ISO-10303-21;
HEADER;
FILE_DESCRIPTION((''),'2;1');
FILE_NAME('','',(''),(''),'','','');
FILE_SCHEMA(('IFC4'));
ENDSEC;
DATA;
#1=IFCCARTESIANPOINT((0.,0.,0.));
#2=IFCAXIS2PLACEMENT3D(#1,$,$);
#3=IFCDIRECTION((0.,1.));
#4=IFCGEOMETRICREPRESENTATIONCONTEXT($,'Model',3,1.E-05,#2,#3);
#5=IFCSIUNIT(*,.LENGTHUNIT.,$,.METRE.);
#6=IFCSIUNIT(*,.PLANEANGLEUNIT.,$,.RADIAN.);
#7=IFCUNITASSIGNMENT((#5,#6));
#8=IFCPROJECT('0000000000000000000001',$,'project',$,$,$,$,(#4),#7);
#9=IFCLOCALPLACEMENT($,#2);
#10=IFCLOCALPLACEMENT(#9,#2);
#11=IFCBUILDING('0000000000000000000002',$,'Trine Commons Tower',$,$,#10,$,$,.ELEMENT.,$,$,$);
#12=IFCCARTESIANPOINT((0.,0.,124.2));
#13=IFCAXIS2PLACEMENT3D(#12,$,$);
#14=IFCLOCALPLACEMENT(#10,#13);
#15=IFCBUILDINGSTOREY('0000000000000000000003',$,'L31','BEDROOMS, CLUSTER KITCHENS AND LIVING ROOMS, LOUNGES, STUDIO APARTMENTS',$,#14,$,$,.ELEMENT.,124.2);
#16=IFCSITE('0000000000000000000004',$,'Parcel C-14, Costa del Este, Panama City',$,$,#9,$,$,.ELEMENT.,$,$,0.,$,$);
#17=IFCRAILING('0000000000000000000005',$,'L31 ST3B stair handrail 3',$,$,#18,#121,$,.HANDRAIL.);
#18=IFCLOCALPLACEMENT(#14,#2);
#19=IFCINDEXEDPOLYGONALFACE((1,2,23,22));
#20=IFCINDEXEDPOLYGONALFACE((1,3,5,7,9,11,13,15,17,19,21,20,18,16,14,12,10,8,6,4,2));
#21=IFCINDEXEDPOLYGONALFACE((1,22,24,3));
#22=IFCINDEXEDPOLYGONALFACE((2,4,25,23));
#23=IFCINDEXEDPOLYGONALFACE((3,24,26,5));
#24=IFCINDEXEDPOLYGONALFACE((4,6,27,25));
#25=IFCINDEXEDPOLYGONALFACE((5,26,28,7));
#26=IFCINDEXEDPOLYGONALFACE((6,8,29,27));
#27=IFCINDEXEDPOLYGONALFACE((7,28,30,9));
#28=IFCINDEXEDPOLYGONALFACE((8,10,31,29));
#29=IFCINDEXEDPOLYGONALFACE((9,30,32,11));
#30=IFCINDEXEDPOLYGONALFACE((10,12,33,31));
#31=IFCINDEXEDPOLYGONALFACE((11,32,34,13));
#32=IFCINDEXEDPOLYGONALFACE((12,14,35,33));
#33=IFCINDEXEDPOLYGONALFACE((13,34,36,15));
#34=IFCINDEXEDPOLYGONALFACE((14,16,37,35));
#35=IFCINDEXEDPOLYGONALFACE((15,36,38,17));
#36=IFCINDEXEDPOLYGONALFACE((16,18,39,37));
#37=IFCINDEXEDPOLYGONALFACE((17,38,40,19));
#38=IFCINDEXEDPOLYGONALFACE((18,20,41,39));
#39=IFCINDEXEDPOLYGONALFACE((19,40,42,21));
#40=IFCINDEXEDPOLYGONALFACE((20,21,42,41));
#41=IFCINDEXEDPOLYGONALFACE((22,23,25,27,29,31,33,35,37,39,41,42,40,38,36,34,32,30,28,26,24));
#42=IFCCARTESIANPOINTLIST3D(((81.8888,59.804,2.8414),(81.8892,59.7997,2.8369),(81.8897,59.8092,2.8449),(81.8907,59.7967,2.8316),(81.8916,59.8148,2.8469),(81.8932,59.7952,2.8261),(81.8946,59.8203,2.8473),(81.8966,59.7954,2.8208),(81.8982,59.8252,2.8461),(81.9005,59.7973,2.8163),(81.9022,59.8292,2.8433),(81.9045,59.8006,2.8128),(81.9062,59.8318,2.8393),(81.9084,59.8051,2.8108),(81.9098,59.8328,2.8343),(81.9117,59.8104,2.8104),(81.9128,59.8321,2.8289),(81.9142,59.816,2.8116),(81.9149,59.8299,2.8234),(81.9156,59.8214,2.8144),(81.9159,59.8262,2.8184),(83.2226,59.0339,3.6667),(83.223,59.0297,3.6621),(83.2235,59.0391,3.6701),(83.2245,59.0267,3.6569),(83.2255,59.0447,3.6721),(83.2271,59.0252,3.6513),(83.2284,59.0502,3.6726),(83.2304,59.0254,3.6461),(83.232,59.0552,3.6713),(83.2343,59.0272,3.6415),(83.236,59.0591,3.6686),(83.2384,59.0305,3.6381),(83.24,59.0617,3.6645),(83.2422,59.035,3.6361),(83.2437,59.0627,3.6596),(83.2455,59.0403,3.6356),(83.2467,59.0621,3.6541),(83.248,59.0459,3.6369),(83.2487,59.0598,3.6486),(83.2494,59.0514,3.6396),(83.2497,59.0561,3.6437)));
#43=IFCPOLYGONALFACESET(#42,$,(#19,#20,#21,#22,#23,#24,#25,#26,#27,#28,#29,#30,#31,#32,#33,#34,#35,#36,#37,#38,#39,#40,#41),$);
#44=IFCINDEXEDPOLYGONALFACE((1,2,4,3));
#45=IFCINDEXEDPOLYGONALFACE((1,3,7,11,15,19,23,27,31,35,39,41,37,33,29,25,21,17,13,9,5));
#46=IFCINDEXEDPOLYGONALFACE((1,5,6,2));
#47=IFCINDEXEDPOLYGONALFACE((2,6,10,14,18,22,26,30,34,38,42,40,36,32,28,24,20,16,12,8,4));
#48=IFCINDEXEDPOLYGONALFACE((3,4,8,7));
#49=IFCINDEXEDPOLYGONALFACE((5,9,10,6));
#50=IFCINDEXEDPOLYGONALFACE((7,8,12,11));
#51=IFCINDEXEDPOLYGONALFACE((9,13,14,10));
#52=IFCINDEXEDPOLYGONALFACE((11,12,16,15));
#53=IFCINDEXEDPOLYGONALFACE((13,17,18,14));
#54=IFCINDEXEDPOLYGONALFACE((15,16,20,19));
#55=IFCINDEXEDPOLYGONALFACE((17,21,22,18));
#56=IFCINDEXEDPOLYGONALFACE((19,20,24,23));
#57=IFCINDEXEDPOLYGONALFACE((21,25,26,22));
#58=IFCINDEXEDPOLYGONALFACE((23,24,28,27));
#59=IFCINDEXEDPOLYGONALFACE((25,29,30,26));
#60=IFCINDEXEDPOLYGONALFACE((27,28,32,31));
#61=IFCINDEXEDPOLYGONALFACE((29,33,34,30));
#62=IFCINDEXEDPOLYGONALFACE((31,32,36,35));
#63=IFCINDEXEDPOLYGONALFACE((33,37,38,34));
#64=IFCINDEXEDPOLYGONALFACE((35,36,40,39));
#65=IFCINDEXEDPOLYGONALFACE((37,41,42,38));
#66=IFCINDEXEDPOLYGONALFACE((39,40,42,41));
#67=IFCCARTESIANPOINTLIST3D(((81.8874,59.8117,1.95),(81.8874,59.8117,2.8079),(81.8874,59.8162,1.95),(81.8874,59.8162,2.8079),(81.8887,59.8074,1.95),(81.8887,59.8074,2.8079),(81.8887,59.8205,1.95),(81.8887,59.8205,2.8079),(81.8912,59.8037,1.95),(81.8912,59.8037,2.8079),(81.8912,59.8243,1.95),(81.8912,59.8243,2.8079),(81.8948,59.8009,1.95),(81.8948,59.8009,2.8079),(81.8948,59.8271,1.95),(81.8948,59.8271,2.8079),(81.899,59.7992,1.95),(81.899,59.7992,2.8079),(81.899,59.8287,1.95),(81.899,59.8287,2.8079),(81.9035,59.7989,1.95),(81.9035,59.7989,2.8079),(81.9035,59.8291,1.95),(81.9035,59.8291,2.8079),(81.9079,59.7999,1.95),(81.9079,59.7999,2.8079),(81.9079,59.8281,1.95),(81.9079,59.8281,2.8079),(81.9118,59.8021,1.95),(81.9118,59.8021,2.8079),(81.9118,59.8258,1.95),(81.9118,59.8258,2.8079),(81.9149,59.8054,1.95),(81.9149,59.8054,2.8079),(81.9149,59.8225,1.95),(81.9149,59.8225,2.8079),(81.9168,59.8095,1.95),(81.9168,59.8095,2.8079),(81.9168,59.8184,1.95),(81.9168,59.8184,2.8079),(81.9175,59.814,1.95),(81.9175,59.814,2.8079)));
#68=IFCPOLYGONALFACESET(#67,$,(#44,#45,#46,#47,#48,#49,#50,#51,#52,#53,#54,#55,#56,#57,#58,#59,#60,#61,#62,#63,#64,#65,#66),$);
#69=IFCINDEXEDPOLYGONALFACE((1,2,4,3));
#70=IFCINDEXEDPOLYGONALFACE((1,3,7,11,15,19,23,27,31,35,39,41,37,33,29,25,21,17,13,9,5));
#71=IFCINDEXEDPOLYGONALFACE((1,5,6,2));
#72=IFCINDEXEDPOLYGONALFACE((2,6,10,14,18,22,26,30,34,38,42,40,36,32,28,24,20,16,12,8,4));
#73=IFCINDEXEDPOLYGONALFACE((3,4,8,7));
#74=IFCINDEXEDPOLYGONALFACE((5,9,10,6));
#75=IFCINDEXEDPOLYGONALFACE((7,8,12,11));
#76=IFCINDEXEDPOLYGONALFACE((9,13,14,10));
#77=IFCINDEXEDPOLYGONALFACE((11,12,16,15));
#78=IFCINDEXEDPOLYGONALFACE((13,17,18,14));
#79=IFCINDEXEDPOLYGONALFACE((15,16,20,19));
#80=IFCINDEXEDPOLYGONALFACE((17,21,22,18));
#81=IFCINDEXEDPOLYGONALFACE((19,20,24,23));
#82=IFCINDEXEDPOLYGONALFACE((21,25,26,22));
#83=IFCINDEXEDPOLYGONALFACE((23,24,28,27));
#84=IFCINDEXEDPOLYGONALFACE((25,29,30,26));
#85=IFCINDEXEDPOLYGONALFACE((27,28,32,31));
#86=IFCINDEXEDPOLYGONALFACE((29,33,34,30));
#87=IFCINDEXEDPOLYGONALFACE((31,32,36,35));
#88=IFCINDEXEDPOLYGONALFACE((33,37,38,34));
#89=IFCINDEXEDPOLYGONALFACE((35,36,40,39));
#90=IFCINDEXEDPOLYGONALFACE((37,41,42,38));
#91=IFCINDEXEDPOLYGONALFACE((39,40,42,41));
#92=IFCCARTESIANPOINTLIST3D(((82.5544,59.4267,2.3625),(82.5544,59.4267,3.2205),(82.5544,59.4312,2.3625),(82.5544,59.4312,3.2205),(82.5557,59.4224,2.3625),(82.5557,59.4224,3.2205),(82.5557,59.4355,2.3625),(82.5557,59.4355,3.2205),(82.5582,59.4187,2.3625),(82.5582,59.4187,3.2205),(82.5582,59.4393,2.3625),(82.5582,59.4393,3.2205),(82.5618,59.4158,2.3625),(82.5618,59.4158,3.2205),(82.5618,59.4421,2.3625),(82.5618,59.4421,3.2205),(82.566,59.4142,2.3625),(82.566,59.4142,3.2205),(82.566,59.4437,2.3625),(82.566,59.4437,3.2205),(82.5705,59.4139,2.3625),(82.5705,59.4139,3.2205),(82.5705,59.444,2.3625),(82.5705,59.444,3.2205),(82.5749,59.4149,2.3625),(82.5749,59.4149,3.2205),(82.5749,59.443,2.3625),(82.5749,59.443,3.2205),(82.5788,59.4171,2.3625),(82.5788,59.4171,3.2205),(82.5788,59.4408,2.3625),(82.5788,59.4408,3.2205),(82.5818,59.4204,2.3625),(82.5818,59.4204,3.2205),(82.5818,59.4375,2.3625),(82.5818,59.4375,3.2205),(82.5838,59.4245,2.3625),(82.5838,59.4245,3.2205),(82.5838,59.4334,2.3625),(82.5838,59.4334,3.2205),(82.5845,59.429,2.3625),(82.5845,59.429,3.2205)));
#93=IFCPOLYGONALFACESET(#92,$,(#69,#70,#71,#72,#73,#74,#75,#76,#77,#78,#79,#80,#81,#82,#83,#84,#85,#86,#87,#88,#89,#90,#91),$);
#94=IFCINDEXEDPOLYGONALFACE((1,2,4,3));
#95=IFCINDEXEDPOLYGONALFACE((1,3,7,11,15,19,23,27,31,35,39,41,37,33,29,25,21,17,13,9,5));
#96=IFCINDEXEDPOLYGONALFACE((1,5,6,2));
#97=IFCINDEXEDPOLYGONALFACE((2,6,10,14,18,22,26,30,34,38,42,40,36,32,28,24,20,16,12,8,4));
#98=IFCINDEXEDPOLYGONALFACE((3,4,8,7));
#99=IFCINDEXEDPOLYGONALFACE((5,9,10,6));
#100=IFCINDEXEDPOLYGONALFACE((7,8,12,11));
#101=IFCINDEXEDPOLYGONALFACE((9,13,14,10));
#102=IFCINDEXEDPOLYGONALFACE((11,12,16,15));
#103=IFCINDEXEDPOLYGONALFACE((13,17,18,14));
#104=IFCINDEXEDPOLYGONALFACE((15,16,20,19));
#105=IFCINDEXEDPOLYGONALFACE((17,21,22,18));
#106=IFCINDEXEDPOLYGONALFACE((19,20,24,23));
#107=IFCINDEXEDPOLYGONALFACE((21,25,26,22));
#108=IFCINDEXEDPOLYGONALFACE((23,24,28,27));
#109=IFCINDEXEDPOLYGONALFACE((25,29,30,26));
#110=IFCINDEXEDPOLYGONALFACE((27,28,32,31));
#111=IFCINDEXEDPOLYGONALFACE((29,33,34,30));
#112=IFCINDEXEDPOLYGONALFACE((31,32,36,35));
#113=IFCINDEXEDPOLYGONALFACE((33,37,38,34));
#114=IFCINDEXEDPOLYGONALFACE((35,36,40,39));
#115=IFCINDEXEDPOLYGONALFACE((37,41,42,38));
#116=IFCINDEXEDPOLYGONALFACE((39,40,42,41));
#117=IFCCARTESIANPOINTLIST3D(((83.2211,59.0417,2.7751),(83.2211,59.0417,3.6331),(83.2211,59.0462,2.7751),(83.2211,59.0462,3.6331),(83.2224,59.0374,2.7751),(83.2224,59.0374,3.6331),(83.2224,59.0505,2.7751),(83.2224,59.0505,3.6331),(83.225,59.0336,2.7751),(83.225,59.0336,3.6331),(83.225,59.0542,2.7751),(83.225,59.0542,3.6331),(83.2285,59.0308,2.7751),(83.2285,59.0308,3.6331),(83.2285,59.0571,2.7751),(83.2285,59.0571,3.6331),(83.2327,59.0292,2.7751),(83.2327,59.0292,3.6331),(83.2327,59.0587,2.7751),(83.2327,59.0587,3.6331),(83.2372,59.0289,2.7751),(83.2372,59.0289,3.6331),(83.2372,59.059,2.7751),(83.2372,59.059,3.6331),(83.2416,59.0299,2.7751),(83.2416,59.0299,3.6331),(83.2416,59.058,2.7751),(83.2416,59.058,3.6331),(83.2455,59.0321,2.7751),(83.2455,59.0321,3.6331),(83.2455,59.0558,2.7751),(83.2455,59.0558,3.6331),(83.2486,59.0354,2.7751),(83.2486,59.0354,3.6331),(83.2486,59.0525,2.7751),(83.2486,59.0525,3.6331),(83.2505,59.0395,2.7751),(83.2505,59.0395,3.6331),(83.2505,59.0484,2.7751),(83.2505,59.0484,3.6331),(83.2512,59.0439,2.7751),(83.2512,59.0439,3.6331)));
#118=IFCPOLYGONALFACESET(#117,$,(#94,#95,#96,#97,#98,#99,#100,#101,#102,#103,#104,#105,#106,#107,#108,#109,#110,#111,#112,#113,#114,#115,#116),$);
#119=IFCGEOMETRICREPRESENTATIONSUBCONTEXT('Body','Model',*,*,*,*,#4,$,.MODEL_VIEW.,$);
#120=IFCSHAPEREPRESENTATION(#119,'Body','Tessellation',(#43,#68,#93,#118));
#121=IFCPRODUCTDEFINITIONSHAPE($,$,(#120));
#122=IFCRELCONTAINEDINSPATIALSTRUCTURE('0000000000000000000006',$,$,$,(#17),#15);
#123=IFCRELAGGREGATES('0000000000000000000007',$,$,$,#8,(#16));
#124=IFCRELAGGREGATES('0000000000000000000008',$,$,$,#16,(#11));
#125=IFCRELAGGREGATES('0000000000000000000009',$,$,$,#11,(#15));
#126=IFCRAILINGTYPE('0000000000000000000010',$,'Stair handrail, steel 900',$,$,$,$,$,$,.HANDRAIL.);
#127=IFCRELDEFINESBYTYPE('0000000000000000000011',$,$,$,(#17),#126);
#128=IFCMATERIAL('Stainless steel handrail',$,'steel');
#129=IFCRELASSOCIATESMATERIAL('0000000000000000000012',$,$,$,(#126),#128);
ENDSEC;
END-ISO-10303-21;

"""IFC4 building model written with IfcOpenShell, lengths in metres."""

from ifc_helpers import new_model, si_unit, direction, frame, origin, origin_2d, place, context, subcontext, project, spatial, circle, extrude, material, type_object, element, save


model = new_model("IFC4")

# Units and contexts
model_context = context("Model", 3, precision=1e-05, world=origin(), true_north=direction((0.0, 1.0)))
body_context = subcontext(model_context, "Body", "Model", "MODEL_VIEW")
ifc_project = project(units=[si_unit("LENGTHUNIT", "METRE"), si_unit("PLANEANGLEUNIT", "RADIAN")], contexts=[model_context])

# Site, building, storey
site_placement = place(None, origin())
site = spatial("IfcSite", under=ifc_project, at=site_placement, Name="Parcel C-14, Costa del Este, Panama City", CompositionType="ELEMENT", RefElevation=0.0)
building_placement = place(site_placement, origin())
building = spatial("IfcBuilding", under=site, at=building_placement, Name="Trine Commons Tower", CompositionType="ELEMENT")
storey_placement = place(building_placement, frame((0.0, 0.0, 124.2)))
storey = spatial("IfcBuildingStorey", under=building, at=storey_placement, Name="L31", Description="BEDROOMS, CLUSTER KITCHENS AND LIVING ROOMS, LOUNGES, STUDIO APARTMENTS", CompositionType="ELEMENT", Elevation=124.2)

# Railing
ifc_material_1 = material(Name="Stainless steel handrail", Category="steel")
railing_type_1 = type_object("IfcRailingType", Name="Stair handrail, steel 900", PredefinedType="HANDRAIL", material=ifc_material_1)
railing_1_placement = place(storey_placement, frame((81.9023, 59.814, 1.95)))
element("IfcRailing", 1, at=railing_1_placement, inside=storey, type_object=railing_type_1, Name="L31 ST3B stair handrail 3", PredefinedType="HANDRAIL", context=body_context, shape_type="SweptSolid", body=[
    extrude(circle(Radius=0.021, at=origin_2d()), frame((0.0, 0.0, 0.8789), z_axis=(0.763355, -0.440714, 0.472293), x_axis=(0.499992, 0.86603, 0.0)), (0.0, 0.0, 1.0), 1.7473),
    extrude(circle(Radius=0.0151, at=origin_2d()), origin(), (0.0, 0.0, 1.0), 0.8579),
    extrude(circle(Radius=0.0151, at=origin_2d()), frame((0.667, -0.385, 0.4126)), (0.0, 0.0, 1.0), 0.8579),
    extrude(circle(Radius=0.0151, at=origin_2d()), frame((1.3337, -0.77, 0.8252)), (0.0, 0.0, 1.0), 0.8579),
])

save(model, "model.ifc")
